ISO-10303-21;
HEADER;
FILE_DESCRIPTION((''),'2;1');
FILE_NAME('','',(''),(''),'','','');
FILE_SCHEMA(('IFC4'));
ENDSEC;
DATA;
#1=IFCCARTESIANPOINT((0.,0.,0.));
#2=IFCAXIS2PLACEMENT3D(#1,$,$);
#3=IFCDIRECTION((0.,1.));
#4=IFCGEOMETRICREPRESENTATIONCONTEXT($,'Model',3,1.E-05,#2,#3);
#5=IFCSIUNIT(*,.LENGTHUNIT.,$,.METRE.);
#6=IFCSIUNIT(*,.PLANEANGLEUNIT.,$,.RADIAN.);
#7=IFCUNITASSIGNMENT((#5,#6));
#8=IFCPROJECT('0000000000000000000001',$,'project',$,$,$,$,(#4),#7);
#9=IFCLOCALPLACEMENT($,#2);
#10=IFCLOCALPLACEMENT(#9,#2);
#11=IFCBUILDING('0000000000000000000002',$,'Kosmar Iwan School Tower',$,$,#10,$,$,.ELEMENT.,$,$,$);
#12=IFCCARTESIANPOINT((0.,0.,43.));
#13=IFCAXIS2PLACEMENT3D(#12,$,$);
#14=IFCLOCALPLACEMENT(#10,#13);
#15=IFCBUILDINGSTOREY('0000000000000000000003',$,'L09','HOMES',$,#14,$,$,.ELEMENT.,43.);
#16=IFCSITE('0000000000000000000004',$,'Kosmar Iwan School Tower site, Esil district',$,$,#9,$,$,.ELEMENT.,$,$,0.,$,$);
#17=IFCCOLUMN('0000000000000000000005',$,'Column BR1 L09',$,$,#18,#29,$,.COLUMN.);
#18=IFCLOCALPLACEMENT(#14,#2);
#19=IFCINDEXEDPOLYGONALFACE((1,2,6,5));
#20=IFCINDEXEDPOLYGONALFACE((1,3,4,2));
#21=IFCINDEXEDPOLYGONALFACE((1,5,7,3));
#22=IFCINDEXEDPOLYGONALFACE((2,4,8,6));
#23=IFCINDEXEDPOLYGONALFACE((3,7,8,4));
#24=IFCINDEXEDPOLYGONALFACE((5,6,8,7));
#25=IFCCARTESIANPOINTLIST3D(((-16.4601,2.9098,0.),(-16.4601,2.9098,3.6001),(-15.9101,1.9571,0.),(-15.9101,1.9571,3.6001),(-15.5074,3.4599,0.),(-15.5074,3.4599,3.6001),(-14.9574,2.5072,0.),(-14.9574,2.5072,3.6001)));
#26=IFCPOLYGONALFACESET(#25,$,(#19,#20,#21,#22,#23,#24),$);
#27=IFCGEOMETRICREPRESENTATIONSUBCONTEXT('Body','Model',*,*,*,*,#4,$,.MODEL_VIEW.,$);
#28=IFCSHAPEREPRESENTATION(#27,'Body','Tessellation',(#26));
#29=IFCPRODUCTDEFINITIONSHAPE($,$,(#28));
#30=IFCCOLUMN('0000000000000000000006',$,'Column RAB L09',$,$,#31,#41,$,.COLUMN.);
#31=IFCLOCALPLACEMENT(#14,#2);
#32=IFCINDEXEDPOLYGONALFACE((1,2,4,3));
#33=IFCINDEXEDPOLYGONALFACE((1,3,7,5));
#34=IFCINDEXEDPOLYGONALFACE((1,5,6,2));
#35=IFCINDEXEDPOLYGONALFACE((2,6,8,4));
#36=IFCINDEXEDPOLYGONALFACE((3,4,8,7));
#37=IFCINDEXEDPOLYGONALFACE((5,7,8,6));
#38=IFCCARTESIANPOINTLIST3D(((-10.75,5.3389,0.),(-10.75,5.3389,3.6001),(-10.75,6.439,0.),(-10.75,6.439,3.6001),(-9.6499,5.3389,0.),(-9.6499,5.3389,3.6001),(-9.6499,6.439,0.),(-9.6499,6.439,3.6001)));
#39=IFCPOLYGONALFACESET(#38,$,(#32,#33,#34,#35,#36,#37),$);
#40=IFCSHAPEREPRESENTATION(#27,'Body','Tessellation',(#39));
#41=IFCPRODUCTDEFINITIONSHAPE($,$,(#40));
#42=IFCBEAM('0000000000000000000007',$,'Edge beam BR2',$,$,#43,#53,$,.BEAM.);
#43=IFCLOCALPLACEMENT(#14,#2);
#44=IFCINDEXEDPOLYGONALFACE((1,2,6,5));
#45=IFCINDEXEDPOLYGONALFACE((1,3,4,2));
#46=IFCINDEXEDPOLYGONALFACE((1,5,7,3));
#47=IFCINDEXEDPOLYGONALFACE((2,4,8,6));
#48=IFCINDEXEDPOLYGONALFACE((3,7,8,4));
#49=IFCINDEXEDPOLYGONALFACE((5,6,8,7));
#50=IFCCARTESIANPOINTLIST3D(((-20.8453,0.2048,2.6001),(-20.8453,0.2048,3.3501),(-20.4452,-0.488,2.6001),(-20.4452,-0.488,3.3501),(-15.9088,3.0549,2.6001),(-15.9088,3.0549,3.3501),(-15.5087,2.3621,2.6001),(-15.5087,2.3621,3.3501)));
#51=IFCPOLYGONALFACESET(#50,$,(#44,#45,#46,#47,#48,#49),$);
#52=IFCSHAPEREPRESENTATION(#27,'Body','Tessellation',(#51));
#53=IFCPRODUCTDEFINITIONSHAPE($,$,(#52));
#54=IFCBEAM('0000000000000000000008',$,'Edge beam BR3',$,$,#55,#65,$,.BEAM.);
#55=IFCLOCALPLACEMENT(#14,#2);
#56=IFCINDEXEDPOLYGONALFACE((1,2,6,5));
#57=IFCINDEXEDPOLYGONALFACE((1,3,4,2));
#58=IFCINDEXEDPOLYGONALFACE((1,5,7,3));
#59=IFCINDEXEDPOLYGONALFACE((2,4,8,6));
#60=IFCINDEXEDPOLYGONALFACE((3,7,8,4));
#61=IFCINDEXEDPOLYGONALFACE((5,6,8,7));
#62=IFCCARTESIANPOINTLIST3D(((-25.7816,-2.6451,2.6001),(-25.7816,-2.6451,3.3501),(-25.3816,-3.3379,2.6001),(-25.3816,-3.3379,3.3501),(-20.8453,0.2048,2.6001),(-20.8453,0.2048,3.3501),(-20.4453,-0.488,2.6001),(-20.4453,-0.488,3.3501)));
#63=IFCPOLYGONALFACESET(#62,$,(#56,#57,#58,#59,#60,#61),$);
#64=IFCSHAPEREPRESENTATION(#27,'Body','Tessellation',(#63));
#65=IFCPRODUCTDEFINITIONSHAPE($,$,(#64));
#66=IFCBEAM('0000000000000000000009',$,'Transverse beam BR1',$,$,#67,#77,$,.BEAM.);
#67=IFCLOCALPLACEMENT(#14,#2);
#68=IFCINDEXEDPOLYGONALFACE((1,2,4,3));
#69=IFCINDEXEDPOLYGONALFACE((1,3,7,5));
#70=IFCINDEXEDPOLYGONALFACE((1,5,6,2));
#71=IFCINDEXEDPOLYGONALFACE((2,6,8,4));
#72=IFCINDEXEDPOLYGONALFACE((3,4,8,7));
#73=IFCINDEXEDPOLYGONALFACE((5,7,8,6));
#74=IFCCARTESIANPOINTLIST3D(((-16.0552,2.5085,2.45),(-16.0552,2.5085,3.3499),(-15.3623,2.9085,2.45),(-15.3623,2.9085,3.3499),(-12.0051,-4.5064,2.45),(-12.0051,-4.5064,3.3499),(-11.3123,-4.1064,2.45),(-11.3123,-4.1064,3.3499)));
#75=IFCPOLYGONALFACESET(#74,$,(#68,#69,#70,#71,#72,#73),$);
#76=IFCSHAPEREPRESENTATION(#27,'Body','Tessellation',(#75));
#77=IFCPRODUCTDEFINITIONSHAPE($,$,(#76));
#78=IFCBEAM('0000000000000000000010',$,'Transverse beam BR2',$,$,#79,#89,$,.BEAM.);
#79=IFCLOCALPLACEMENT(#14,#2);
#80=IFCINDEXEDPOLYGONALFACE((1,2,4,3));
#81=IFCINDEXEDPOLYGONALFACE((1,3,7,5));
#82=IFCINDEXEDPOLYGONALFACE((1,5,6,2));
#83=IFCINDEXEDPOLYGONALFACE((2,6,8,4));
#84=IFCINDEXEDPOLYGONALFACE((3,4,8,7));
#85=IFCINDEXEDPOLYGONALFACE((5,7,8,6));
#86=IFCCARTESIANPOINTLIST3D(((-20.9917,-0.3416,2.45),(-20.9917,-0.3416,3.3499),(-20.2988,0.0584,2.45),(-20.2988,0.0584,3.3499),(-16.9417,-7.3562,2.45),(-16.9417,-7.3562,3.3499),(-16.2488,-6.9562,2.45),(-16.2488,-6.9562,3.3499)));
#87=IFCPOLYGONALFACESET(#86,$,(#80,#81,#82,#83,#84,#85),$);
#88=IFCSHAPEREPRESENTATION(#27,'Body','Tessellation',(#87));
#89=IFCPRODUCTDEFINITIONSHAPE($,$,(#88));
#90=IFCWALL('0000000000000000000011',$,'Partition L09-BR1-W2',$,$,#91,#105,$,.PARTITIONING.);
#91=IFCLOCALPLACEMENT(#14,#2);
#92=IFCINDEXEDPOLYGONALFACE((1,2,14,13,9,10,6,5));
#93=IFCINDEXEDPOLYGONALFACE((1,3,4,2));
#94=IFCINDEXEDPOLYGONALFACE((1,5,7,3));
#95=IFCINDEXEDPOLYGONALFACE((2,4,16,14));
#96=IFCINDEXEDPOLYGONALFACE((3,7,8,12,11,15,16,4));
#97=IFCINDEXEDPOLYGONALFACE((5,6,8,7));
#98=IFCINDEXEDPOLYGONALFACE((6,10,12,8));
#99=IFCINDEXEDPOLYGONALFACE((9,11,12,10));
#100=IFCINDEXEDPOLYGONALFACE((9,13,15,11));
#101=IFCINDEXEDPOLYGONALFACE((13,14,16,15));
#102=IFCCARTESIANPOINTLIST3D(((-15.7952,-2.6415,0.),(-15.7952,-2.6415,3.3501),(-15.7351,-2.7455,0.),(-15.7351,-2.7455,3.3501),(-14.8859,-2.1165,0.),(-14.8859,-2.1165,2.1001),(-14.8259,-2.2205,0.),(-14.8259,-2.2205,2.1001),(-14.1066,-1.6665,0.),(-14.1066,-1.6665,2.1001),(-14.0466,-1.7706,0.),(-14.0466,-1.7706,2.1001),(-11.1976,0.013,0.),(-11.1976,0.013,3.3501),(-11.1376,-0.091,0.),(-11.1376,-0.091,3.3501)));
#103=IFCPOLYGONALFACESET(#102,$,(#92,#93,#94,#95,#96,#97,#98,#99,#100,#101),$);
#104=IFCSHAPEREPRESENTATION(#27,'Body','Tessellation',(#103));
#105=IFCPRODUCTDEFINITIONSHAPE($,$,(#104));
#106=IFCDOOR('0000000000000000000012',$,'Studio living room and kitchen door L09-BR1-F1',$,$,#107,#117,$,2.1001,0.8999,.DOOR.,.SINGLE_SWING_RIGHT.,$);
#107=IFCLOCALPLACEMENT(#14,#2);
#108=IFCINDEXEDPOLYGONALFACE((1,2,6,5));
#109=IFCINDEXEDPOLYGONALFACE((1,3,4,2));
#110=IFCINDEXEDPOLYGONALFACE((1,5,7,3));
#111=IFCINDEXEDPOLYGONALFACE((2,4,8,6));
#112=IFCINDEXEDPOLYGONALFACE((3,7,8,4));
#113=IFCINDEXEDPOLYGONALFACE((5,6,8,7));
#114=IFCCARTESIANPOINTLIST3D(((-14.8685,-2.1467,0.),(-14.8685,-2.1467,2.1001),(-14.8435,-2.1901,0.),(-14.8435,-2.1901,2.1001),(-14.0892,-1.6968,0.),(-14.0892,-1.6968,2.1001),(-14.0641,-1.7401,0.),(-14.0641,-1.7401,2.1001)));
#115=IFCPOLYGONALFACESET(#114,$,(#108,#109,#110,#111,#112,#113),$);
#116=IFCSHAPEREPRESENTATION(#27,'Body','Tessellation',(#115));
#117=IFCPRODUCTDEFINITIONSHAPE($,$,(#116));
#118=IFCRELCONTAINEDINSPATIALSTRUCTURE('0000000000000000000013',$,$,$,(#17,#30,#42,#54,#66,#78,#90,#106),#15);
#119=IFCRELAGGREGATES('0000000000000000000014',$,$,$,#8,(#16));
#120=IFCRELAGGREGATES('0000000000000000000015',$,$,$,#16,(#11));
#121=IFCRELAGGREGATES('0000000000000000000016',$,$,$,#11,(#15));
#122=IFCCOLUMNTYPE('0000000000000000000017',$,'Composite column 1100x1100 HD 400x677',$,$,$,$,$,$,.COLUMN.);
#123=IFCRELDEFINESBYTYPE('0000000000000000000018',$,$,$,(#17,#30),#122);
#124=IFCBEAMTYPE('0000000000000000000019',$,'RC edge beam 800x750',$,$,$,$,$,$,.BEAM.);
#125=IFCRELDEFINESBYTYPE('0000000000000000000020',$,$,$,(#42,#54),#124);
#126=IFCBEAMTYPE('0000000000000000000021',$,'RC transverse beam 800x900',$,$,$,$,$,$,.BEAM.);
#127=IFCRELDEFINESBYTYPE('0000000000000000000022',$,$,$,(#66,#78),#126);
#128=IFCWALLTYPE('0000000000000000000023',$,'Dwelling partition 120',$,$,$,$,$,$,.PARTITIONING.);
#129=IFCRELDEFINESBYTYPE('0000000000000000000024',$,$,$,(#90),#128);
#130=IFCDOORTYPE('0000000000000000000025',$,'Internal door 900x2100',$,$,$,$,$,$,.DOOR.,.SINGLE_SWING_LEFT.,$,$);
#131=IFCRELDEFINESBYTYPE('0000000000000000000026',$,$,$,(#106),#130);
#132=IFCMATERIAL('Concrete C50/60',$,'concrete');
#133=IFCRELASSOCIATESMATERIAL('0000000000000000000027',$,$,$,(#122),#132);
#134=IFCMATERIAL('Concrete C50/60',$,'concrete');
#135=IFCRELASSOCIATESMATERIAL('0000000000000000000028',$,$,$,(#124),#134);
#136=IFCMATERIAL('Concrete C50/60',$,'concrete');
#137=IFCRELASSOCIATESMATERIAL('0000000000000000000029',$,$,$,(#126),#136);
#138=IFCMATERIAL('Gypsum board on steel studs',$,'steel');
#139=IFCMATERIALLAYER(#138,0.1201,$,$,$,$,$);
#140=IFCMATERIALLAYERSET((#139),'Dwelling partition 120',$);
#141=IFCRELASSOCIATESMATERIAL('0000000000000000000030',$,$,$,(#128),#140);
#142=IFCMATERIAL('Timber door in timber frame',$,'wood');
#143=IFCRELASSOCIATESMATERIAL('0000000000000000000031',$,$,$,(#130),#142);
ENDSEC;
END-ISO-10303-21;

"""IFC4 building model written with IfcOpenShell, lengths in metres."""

from ifc_helpers import new_model, si_unit, direction, frame, frame_2d, origin, origin_2d, place, context, subcontext, project, spatial, rectangle, extrude, material, layer, layer_set, material_profile, profile_set, type_object, element, fill, save


model = new_model("IFC4")

# Units and contexts
model_context = context("Model", 3, precision=1e-05, world=origin(), true_north=direction((0.0, 1.0)))
body_context = subcontext(model_context, "Body", "Model", "MODEL_VIEW")
ifc_project = project(units=[si_unit("LENGTHUNIT", "METRE"), si_unit("PLANEANGLEUNIT", "RADIAN")], contexts=[model_context])

# Site, building, storey
site_placement = place(None, origin())
site = spatial("IfcSite", under=ifc_project, at=site_placement, Name="Kosmar Iwan School Tower site, Esil district", CompositionType="ELEMENT", RefElevation=0.0)
building_placement = place(site_placement, origin())
building = spatial("IfcBuilding", under=site, at=building_placement, Name="Kosmar Iwan School Tower", CompositionType="ELEMENT")
storey_placement = place(building_placement, frame((0.0, 0.0, 43.0)))
storey = spatial("IfcBuildingStorey", under=building, at=storey_placement, Name="L09", Description="HOMES", CompositionType="ELEMENT", Elevation=43.0)

# Columns
ifc_material_1 = material(Name="Concrete C50/60", Category="concrete")
ifc_material_profile_1 = material_profile(ifc_material_1, rectangle(XDim=1.1001, YDim=1.1001, at=origin_2d()), Name="RC 1100x1100 + HD 400x677")
ifc_profile_set_1 = profile_set([ifc_material_profile_1], Name="Concrete C50/60")
column_type = type_object("IfcColumnType", Name="Composite column 1100x1100 HD 400x677", PredefinedType="COLUMN", material=ifc_profile_set_1)
for number, where, z_axis, x_axis, name in (
    (1, (-15.7087, 2.7085, 0.0), (0.0, 0.0, 1.0), (-0.866025, -0.5, 0.0), "Column BR1 L09"),
    (2, (-10.2, 5.8889, 0.0), (0.0, 0.0, 1.0), (1.0, 0.0, 0.0), "Column RAB L09"),
):
    element("IfcColumn", number, at=place(storey_placement, frame(where, z_axis=z_axis, x_axis=x_axis)), inside=storey, type_object=column_type, Name=name, PredefinedType="COLUMN", context=body_context, shape_type="SweptSolid", body=[
        extrude(rectangle(XDim=1.1001, YDim=1.1001, at=origin_2d()), origin(), (0.0, 0.0, 1.0), 3.6001),
    ])

# Beams
ifc_material_2 = material(Name="Concrete C50/60", Category="concrete")
ifc_material_profile_2 = material_profile(ifc_material_2, rectangle(XDim=0.8, YDim=0.75, at=origin_2d()), Name="RC 800x750")
ifc_profile_set_2 = profile_set([ifc_material_profile_2], Name="Concrete C50/60")
beam_type_1 = type_object("IfcBeamType", Name="RC edge beam 800x750", PredefinedType="BEAM", material=ifc_profile_set_2)
beam_1_placement = place(storey_placement, frame((-15.7087, 2.7085, 2.9751), z_axis=(-0.866026, -0.499999, 0.0), x_axis=(0.499999, -0.866026, 0.0)))
element("IfcBeam", 3, at=beam_1_placement, inside=storey, type_object=beam_type_1, Name="Edge beam BR2", PredefinedType="BEAM", context=body_context, shape_type="SweptSolid", body=[
    extrude(rectangle(XDim=0.8, YDim=0.75, at=origin_2d()), origin(), (0.0, 0.0, 1.0), 5.7002),
])
beam_2_placement = place(storey_placement, frame((-20.6453, -0.1416, 2.9751), z_axis=(-0.866034, -0.499986, 0.0), x_axis=(0.499986, -0.866034, 0.0)))
element("IfcBeam", 4, at=beam_2_placement, inside=storey, type_object=beam_type_1, Name="Edge beam BR3", PredefinedType="BEAM", context=body_context, shape_type="SweptSolid", body=[
    extrude(rectangle(XDim=0.8, YDim=0.75, at=origin_2d()), origin(), (0.0, 0.0, 1.0), 5.7),
])
ifc_material_3 = material(Name="Concrete C50/60", Category="concrete")
ifc_material_profile_3 = material_profile(ifc_material_3, rectangle(XDim=0.8, YDim=0.8999, at=origin_2d()), Name="RC 800x900")
ifc_profile_set_3 = profile_set([ifc_material_profile_3], Name="Concrete C50/60")
beam_type_2 = type_object("IfcBeamType", Name="RC transverse beam 800x900", PredefinedType="BEAM", material=ifc_profile_set_3)
beam_3_placement = place(storey_placement, frame((-15.7087, 2.7085, 2.8999), z_axis=(0.5, -0.866025, 0.0), x_axis=(0.866025, 0.5, 0.0)))
element("IfcBeam", 5, at=beam_3_placement, inside=storey, type_object=beam_type_2, Name="Transverse beam BR1", PredefinedType="BEAM", context=body_context, shape_type="SweptSolid", body=[
    extrude(rectangle(XDim=0.8, YDim=0.8999, at=origin_2d()), origin(), (0.0, 0.0, 1.0), 8.1001),
])
beam_4_placement = place(storey_placement, frame((-20.6453, -0.1416, 2.8999), z_axis=(0.500013, -0.866018, 0.0), x_axis=(0.866018, 0.500013, 0.0)))
element("IfcBeam", 6, at=beam_4_placement, inside=storey, type_object=beam_type_2, Name="Transverse beam BR2", PredefinedType="BEAM", context=body_context, shape_type="SweptSolid", body=[
    extrude(rectangle(XDim=0.8, YDim=0.8999, at=origin_2d()), origin(), (0.0, 0.0, 1.0), 8.0999),
])

# Wall, opening, door
ifc_material_4 = material(Name="Gypsum board on steel studs", Category="steel")
ifc_layer = layer(ifc_material_4, 0.1201)
ifc_layer_set = layer_set([ifc_layer], Name="Dwelling partition 120")
wall_type = type_object("IfcWallType", Name="Dwelling partition 120", PredefinedType="PARTITIONING", material=ifc_layer_set)
wall_placement = place(storey_placement, frame((-11.1677, -0.0391, 0.0), z_axis=(0.0, 0.0, 1.0), x_axis=(-0.866019, -0.500012, 0.0)))
wall = element("IfcWall", 7, at=wall_placement, inside=storey, type_object=wall_type, Name="Partition L09-BR1-W2", PredefinedType="PARTITIONING", context=body_context, shape_type="SweptSolid", body=[
    extrude(rectangle(XDim=5.3088, YDim=0.1201, at=frame_2d((2.6543, 0.0))), origin(), (0.0, 0.0, 1.0), 3.3501),
])
opening_placement = place(wall_placement, frame((3.3589, 0.0, 0.0)))
opening = element("IfcOpeningElement", 8, at=opening_placement, cuts=wall, PredefinedType="OPENING", context=body_context, shape_type="SweptSolid", body=[
    extrude(rectangle(XDim=0.8999, YDim=2.1001, at=frame_2d((0.45, 1.05))), frame((0.0, 0.072, 0.0), z_axis=(0.0, -1.0, 0.0), x_axis=(1.0, 0.0, 0.0)), (0.0, 0.0, 1.0), 0.144),
])
ifc_material_5 = material(Name="Timber door in timber frame", Category="wood")
door_type = type_object("IfcDoorType", Name="Internal door 900x2100", OperationType="SINGLE_SWING_LEFT", PredefinedType="DOOR", material=ifc_material_5)
door_placement = place(opening_placement, origin())
door = element("IfcDoor", 9, at=door_placement, inside=storey, type_object=door_type, Name="Studio living room and kitchen door L09-BR1-F1", OperationType="SINGLE_SWING_RIGHT", OverallHeight=2.1001, OverallWidth=0.8999, PredefinedType="DOOR", context=body_context, shape_type="SweptSolid", body=[
    extrude(rectangle(XDim=0.8999, YDim=2.1001, at=frame_2d((0.45, 1.05))), frame((0.0, 0.0249, 0.0), z_axis=(0.0, -1.0, 0.0), x_axis=(1.0, 0.0, 0.0)), (0.0, 0.0, 1.0), 0.05),
])
fill(opening, door)

save(model, "model.ifc")
